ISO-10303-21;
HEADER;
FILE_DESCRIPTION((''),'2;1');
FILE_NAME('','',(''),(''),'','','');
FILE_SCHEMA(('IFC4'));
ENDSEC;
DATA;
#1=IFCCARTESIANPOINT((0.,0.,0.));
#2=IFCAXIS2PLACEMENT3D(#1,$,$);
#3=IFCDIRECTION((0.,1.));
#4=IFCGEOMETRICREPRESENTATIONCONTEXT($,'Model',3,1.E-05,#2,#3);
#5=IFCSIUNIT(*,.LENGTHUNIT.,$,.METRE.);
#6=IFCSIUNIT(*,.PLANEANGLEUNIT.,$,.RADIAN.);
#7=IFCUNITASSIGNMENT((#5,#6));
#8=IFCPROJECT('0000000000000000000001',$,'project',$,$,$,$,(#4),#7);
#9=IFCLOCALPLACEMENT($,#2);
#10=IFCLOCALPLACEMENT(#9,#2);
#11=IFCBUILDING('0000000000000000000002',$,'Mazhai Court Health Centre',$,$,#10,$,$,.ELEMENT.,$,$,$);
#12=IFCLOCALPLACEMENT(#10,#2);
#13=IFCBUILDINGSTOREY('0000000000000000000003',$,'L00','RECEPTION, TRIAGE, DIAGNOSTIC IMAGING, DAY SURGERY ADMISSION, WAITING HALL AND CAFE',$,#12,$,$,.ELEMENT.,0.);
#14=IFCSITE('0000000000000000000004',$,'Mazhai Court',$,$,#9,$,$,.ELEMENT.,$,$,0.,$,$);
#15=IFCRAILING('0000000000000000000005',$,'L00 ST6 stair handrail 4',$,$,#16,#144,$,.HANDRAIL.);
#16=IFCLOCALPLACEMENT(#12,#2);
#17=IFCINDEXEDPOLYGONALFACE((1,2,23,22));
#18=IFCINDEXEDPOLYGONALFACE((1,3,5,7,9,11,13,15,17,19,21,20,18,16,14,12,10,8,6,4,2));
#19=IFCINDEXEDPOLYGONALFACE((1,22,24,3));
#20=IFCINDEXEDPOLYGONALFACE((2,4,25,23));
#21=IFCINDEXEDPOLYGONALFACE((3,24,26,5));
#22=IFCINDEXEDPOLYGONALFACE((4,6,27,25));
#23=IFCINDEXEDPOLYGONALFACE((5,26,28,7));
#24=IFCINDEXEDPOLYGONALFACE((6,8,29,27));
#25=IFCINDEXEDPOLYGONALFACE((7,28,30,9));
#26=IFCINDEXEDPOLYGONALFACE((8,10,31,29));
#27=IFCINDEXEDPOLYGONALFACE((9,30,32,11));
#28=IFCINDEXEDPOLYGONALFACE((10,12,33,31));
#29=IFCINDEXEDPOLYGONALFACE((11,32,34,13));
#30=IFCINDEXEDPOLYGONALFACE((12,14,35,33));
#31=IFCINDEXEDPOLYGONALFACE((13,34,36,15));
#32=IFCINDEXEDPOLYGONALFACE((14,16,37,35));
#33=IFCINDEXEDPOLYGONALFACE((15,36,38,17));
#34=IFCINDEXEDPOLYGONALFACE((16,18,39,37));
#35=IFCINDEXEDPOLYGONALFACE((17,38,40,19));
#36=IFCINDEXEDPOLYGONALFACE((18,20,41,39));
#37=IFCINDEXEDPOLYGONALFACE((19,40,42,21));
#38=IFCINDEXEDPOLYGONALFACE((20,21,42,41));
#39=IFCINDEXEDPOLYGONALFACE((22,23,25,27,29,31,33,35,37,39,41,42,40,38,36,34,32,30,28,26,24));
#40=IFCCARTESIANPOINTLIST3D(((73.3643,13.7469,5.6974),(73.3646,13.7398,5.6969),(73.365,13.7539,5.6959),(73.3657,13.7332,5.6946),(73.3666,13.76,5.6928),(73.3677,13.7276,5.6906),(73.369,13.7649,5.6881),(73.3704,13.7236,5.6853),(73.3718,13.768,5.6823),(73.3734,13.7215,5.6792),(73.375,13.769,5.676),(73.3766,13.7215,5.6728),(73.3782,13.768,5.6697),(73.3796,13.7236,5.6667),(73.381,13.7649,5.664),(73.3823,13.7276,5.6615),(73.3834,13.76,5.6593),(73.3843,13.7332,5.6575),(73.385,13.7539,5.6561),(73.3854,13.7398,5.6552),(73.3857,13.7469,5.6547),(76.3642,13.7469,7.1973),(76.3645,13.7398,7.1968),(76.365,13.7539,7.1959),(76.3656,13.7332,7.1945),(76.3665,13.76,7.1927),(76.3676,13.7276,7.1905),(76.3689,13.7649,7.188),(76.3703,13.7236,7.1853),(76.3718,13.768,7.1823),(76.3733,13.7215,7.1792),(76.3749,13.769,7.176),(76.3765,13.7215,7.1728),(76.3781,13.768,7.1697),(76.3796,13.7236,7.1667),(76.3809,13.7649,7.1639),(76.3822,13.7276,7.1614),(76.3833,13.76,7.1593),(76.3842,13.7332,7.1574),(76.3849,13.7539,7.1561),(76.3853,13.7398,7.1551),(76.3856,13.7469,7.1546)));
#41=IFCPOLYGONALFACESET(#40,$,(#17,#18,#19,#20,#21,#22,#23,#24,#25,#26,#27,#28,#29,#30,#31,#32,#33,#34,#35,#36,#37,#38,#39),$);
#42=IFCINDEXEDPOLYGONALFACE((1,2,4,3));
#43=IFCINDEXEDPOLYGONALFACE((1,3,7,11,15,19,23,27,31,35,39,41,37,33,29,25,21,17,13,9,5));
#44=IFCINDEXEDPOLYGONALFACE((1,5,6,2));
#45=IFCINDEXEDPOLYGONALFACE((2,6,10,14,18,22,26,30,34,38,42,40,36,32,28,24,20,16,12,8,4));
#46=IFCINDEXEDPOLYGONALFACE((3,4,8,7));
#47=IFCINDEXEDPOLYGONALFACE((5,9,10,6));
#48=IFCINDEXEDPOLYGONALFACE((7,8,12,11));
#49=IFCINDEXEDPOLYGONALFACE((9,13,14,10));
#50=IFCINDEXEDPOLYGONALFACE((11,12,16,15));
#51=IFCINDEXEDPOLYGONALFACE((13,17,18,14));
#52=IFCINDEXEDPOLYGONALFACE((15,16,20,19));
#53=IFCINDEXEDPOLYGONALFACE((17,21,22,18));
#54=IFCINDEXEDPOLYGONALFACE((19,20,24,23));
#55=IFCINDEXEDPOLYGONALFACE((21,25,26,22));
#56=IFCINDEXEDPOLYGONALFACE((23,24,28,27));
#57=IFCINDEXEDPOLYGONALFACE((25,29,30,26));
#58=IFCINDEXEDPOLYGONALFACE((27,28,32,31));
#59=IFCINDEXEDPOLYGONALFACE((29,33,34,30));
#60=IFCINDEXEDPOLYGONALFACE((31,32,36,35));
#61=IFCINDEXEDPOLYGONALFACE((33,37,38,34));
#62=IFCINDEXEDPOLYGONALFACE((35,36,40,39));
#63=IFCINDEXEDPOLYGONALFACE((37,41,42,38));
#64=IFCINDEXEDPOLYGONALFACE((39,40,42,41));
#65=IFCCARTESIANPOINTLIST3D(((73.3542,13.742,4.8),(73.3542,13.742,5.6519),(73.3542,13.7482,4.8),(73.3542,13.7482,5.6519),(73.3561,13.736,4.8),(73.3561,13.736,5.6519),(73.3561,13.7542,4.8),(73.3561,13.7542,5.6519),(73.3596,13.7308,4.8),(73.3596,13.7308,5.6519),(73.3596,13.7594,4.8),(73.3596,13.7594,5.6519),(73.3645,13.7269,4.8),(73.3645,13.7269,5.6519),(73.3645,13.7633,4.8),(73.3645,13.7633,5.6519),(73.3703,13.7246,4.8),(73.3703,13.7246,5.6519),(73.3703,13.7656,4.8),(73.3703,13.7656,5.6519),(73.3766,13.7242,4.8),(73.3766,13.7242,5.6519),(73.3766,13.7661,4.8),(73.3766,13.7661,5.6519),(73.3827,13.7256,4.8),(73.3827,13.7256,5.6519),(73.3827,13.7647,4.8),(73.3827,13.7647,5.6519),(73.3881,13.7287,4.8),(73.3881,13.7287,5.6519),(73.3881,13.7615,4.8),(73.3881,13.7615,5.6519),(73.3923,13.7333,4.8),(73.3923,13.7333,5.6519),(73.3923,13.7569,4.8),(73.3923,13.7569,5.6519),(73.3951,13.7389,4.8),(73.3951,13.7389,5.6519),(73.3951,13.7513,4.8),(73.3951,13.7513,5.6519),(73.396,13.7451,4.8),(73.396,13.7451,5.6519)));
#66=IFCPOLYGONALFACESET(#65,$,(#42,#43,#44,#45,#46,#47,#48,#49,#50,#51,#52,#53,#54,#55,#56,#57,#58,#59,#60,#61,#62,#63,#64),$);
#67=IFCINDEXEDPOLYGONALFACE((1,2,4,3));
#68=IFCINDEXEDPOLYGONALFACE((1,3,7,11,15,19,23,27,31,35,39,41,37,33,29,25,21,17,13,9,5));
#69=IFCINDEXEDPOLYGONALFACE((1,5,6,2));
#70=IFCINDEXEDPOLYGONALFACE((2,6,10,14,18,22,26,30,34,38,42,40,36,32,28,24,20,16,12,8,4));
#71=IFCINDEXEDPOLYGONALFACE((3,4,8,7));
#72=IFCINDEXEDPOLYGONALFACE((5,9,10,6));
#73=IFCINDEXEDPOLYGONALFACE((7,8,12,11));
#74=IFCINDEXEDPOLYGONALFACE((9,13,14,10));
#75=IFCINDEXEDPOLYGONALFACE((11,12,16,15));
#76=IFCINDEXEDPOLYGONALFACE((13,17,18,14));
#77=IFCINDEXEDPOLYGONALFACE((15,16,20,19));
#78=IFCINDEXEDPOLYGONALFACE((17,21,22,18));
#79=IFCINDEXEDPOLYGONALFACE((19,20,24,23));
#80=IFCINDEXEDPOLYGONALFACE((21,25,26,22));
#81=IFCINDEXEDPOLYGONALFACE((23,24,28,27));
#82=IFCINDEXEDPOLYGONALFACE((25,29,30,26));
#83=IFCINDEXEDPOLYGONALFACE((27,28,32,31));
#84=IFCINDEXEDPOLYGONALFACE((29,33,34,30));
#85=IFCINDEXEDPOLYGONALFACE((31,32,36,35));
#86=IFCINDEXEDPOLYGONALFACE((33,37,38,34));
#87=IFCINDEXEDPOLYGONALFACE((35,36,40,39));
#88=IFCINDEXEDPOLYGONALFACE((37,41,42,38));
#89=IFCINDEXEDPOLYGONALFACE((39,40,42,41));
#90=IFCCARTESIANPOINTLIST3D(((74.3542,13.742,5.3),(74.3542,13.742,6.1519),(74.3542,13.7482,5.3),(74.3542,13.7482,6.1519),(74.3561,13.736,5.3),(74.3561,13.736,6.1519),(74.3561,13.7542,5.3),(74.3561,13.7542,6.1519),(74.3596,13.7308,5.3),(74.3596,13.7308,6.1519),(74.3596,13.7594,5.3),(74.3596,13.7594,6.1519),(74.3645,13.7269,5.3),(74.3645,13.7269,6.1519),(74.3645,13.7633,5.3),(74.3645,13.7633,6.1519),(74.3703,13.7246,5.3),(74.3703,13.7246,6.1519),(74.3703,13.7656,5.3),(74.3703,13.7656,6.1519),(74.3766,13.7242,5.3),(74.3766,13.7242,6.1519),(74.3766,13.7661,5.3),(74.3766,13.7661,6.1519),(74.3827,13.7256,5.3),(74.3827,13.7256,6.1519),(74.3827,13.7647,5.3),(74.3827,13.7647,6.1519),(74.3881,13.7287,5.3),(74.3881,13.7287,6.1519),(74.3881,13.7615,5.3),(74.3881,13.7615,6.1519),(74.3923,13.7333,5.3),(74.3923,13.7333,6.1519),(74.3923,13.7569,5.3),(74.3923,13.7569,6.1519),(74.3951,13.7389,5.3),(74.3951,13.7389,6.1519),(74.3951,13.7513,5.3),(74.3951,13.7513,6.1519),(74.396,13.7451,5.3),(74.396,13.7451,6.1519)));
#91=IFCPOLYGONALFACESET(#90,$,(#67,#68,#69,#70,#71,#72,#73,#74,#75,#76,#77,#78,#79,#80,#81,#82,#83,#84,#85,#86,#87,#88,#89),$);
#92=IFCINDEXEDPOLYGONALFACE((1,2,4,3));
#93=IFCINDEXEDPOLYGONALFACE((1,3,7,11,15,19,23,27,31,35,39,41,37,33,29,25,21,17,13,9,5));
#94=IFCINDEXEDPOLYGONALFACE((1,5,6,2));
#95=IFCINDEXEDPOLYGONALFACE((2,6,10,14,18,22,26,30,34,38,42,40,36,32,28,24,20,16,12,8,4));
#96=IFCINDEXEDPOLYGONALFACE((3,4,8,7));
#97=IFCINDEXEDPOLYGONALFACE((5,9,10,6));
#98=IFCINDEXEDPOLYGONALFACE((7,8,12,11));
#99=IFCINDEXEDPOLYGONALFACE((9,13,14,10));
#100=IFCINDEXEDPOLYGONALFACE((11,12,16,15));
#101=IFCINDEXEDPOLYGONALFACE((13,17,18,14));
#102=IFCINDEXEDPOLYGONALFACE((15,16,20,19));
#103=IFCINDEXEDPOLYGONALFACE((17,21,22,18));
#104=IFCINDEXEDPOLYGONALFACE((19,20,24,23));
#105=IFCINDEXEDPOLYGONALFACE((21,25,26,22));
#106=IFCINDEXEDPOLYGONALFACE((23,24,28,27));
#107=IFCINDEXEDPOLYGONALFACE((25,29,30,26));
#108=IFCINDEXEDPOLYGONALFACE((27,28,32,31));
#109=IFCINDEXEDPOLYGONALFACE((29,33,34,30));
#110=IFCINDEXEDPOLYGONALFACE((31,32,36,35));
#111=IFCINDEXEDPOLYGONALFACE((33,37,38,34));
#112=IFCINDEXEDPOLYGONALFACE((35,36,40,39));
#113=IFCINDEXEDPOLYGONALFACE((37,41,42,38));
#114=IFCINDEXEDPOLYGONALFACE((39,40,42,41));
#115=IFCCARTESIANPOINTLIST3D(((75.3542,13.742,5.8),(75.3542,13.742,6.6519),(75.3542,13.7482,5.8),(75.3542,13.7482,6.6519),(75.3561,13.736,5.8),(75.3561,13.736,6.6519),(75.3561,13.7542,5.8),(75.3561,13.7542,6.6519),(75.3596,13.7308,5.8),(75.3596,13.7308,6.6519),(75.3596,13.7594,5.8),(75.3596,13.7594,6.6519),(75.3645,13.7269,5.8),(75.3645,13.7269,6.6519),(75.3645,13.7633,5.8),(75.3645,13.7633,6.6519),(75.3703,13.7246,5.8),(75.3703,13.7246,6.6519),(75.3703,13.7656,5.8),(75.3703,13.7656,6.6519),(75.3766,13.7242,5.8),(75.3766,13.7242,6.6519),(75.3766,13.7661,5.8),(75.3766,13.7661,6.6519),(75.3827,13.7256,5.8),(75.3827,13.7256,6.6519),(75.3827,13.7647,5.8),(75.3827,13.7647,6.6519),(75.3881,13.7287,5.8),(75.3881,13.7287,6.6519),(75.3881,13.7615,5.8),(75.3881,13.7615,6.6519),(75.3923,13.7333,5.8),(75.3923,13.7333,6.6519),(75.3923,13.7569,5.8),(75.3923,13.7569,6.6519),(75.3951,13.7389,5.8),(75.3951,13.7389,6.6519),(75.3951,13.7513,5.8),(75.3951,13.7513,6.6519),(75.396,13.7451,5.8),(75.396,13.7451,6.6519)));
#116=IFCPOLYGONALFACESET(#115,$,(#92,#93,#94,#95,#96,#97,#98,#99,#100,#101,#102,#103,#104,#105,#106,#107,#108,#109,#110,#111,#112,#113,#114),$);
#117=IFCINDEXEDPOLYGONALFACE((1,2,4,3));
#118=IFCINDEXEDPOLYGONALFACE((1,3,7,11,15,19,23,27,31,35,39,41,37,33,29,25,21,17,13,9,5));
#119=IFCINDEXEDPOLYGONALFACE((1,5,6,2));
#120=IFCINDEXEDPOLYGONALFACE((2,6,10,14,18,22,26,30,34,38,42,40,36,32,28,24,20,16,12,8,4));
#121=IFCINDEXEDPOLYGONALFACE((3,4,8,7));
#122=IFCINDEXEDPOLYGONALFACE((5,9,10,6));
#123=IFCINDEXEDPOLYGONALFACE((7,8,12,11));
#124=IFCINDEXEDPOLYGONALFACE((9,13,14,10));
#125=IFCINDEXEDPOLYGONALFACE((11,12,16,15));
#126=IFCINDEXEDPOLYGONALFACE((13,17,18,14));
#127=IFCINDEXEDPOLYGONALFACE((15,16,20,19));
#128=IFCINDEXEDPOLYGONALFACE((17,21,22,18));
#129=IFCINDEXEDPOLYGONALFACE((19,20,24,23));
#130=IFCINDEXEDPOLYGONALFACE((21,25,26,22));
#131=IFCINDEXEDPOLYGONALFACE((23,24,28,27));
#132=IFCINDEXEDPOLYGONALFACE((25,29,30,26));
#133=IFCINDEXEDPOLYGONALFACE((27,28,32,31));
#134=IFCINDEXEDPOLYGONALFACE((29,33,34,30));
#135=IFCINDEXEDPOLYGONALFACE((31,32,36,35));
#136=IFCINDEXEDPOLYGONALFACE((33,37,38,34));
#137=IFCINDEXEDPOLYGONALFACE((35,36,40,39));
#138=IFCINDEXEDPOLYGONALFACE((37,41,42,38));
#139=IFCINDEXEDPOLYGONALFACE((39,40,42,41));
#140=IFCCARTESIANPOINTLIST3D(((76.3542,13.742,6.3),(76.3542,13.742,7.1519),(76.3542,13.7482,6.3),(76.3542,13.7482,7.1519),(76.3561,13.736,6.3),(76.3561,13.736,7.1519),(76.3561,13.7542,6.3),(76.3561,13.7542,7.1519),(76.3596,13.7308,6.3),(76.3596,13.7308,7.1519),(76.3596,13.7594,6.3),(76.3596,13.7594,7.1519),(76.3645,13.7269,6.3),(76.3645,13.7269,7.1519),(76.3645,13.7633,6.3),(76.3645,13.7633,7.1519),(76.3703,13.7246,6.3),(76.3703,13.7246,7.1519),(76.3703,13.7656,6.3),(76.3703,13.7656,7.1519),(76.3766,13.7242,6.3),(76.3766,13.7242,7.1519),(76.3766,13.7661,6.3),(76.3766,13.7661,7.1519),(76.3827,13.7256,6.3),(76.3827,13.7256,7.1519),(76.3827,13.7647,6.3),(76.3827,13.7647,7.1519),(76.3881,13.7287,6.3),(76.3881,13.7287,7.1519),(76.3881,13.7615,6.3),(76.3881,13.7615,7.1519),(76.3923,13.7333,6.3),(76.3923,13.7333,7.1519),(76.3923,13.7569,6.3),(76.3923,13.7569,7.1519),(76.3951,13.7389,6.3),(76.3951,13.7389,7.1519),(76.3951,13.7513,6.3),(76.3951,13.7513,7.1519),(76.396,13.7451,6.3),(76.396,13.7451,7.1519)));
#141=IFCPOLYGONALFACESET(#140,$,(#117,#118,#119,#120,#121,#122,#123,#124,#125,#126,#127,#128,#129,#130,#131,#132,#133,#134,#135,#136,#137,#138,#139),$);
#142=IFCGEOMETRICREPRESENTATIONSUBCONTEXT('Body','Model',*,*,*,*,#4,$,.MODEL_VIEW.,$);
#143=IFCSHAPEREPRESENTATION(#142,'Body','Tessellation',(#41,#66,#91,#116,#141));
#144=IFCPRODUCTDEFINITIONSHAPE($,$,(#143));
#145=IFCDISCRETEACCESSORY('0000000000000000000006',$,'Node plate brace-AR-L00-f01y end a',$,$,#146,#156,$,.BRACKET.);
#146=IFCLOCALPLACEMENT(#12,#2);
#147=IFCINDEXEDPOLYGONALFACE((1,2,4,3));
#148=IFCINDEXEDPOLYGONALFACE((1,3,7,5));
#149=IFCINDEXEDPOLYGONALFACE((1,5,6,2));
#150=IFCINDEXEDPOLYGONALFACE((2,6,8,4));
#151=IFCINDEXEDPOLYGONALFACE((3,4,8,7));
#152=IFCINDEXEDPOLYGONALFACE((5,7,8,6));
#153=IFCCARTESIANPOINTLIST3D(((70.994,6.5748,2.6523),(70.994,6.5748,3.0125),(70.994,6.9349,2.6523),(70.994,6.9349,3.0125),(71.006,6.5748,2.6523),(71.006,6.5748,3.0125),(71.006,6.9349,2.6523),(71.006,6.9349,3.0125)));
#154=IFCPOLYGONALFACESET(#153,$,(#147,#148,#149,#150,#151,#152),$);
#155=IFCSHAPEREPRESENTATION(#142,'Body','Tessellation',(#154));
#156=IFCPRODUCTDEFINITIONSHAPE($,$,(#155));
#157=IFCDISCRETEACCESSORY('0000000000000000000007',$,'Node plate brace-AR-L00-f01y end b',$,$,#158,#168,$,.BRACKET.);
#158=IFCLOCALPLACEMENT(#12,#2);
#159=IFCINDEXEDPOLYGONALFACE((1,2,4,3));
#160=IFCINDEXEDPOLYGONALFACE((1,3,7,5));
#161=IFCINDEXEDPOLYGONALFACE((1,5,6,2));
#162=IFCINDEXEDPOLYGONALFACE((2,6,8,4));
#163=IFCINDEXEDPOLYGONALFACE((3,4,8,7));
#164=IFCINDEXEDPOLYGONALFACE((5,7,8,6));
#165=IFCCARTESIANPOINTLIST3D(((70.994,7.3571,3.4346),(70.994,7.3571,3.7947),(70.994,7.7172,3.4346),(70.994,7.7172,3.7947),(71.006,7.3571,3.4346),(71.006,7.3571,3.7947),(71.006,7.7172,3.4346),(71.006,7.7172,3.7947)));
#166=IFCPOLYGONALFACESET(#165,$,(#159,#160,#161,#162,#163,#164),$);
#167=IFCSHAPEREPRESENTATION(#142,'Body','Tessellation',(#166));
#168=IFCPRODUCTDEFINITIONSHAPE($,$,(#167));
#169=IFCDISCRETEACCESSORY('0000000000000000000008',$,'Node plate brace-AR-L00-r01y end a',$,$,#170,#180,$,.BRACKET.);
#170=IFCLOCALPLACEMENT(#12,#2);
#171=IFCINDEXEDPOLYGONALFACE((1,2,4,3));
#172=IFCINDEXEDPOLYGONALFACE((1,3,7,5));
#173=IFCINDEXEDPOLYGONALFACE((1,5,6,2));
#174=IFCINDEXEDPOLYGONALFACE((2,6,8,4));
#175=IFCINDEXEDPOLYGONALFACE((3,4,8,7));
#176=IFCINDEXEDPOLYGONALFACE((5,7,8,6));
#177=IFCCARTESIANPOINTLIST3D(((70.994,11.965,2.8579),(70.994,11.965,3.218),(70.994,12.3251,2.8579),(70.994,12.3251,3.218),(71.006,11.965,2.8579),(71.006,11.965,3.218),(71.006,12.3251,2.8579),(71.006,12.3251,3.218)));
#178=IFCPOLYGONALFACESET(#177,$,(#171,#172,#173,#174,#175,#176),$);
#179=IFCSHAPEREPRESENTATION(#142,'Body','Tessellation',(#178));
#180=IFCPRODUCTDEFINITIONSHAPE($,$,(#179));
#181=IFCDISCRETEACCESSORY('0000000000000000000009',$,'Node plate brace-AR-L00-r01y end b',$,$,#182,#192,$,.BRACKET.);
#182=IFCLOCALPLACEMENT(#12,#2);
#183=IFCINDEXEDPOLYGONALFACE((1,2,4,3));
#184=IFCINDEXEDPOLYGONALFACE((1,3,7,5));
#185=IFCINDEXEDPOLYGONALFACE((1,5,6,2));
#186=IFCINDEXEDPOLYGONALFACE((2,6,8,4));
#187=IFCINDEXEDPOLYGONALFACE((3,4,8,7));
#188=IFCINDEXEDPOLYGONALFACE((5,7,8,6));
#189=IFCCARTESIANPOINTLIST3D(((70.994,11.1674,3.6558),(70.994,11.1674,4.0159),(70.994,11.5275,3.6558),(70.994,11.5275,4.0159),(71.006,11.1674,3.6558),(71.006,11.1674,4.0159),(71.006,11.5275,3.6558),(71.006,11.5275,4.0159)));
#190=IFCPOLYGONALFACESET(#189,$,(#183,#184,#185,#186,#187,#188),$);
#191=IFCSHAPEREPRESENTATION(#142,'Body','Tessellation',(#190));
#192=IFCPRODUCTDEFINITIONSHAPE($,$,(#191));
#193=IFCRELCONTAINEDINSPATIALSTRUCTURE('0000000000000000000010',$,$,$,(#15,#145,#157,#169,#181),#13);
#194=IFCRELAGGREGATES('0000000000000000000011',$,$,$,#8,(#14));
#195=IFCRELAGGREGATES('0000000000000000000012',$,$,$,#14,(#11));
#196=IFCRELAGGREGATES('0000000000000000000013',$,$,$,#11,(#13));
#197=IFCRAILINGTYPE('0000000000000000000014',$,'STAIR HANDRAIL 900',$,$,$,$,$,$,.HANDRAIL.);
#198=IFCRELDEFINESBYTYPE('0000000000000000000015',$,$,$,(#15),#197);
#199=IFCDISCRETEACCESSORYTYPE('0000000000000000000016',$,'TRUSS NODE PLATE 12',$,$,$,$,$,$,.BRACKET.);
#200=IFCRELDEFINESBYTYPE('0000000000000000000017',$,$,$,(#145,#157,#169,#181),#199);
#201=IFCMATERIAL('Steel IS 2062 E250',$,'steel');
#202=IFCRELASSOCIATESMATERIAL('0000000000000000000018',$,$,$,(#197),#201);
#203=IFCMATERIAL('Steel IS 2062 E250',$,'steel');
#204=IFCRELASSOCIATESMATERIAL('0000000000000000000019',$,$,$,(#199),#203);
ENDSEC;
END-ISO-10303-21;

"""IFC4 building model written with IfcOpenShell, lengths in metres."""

from ifc_helpers import new_model, si_unit, direction, frame, origin, origin_2d, place, context, subcontext, project, spatial, rectangle, circle, extrude, material, type_object, element, save


model = new_model("IFC4")

# Units and contexts
model_context = context("Model", 3, precision=1e-05, world=origin(), true_north=direction((0.0, 1.0)))
body_context = subcontext(model_context, "Body", "Model", "MODEL_VIEW")
ifc_project = project(units=[si_unit("LENGTHUNIT", "METRE"), si_unit("PLANEANGLEUNIT", "RADIAN")], contexts=[model_context])

# Site, building, storey
site_placement = place(None, origin())
site = spatial("IfcSite", under=ifc_project, at=site_placement, Name="Mazhai Court", CompositionType="ELEMENT", RefElevation=0.0)
building_placement = place(site_placement, origin())
building = spatial("IfcBuilding", under=site, at=building_placement, Name="Mazhai Court Health Centre", CompositionType="ELEMENT")
storey_placement = place(building_placement, origin())
storey = spatial("IfcBuildingStorey", under=building, at=storey_placement, Name="L00", Description="RECEPTION, TRIAGE, DIAGNOSTIC IMAGING, DAY SURGERY ADMISSION, WAITING HALL AND CAFE", CompositionType="ELEMENT", Elevation=0.0)

# Railing
ifc_material_1 = material(Name="Steel IS 2062 E250", Category="steel")
railing_type = type_object("IfcRailingType", Name="STAIR HANDRAIL 900", PredefinedType="HANDRAIL", material=ifc_material_1)
railing_1_placement = place(storey_placement, frame((73.375, 13.7451, 4.8)))
element("IfcRailing", 1, at=railing_1_placement, inside=storey, type_object=railing_type, Name="L00 ST6 stair handrail 4", PredefinedType="HANDRAIL", context=body_context, shape_type="SweptSolid", body=[
    extrude(circle(Radius=0.0239, at=origin_2d()), frame((0.0, 0.0, 0.876), z_axis=(0.894427, 0.0, 0.447214), x_axis=(0.0, 1.0, 0.0)), (0.0, 0.0, 1.0), 3.354),
    extrude(circle(Radius=0.021, at=origin_2d()), origin(), (0.0, 0.0, 1.0), 0.8518),
    extrude(circle(Radius=0.021, at=origin_2d()), frame((1.0, 0.0, 0.5)), (0.0, 0.0, 1.0), 0.8518),
    extrude(circle(Radius=0.021, at=origin_2d()), frame((2.0, 0.0, 1.0)), (0.0, 0.0, 1.0), 0.8518),
    extrude(circle(Radius=0.021, at=origin_2d()), frame((3.0, 0.0, 1.5)), (0.0, 0.0, 1.0), 0.8518),
])

# Discrete accessories
ifc_material_2 = material(Name="Steel IS 2062 E250", Category="steel")
discrete_accessory_type = type_object("IfcDiscreteAccessoryType", Name="TRUSS NODE PLATE 12", PredefinedType="BRACKET", material=ifc_material_2)
for number, where, z_axis, x_axis, name in (
    (2, (71.0, 6.7549, 2.6523), (0.0, 0.0, 1.0), (1.0, 0.0, 0.0), "Node plate brace-AR-L00-f01y end a"),
    (3, (71.0, 7.5371, 3.4346), (0.0, 0.0, 1.0), (1.0, 0.0, 0.0), "Node plate brace-AR-L00-f01y end b"),
    (4, (71.0, 12.145, 2.8579), (0.0, 0.0, 1.0), (1.0, 0.0, 0.0), "Node plate brace-AR-L00-r01y end a"),
    (5, (71.0, 11.3474, 3.6558), (0.0, 0.0, 1.0), (1.0, 0.0, 0.0), "Node plate brace-AR-L00-r01y end b"),
):
    element("IfcDiscreteAccessory", number, at=place(storey_placement, frame(where, z_axis=z_axis, x_axis=x_axis)), inside=storey, type_object=discrete_accessory_type, Name=name, PredefinedType="BRACKET", context=body_context, shape_type="SweptSolid", body=[
        extrude(rectangle(XDim=0.012, YDim=0.3601, at=origin_2d()), origin(), (0.0, 0.0, 1.0), 0.3601),
    ])

save(model, "model.ifc")
